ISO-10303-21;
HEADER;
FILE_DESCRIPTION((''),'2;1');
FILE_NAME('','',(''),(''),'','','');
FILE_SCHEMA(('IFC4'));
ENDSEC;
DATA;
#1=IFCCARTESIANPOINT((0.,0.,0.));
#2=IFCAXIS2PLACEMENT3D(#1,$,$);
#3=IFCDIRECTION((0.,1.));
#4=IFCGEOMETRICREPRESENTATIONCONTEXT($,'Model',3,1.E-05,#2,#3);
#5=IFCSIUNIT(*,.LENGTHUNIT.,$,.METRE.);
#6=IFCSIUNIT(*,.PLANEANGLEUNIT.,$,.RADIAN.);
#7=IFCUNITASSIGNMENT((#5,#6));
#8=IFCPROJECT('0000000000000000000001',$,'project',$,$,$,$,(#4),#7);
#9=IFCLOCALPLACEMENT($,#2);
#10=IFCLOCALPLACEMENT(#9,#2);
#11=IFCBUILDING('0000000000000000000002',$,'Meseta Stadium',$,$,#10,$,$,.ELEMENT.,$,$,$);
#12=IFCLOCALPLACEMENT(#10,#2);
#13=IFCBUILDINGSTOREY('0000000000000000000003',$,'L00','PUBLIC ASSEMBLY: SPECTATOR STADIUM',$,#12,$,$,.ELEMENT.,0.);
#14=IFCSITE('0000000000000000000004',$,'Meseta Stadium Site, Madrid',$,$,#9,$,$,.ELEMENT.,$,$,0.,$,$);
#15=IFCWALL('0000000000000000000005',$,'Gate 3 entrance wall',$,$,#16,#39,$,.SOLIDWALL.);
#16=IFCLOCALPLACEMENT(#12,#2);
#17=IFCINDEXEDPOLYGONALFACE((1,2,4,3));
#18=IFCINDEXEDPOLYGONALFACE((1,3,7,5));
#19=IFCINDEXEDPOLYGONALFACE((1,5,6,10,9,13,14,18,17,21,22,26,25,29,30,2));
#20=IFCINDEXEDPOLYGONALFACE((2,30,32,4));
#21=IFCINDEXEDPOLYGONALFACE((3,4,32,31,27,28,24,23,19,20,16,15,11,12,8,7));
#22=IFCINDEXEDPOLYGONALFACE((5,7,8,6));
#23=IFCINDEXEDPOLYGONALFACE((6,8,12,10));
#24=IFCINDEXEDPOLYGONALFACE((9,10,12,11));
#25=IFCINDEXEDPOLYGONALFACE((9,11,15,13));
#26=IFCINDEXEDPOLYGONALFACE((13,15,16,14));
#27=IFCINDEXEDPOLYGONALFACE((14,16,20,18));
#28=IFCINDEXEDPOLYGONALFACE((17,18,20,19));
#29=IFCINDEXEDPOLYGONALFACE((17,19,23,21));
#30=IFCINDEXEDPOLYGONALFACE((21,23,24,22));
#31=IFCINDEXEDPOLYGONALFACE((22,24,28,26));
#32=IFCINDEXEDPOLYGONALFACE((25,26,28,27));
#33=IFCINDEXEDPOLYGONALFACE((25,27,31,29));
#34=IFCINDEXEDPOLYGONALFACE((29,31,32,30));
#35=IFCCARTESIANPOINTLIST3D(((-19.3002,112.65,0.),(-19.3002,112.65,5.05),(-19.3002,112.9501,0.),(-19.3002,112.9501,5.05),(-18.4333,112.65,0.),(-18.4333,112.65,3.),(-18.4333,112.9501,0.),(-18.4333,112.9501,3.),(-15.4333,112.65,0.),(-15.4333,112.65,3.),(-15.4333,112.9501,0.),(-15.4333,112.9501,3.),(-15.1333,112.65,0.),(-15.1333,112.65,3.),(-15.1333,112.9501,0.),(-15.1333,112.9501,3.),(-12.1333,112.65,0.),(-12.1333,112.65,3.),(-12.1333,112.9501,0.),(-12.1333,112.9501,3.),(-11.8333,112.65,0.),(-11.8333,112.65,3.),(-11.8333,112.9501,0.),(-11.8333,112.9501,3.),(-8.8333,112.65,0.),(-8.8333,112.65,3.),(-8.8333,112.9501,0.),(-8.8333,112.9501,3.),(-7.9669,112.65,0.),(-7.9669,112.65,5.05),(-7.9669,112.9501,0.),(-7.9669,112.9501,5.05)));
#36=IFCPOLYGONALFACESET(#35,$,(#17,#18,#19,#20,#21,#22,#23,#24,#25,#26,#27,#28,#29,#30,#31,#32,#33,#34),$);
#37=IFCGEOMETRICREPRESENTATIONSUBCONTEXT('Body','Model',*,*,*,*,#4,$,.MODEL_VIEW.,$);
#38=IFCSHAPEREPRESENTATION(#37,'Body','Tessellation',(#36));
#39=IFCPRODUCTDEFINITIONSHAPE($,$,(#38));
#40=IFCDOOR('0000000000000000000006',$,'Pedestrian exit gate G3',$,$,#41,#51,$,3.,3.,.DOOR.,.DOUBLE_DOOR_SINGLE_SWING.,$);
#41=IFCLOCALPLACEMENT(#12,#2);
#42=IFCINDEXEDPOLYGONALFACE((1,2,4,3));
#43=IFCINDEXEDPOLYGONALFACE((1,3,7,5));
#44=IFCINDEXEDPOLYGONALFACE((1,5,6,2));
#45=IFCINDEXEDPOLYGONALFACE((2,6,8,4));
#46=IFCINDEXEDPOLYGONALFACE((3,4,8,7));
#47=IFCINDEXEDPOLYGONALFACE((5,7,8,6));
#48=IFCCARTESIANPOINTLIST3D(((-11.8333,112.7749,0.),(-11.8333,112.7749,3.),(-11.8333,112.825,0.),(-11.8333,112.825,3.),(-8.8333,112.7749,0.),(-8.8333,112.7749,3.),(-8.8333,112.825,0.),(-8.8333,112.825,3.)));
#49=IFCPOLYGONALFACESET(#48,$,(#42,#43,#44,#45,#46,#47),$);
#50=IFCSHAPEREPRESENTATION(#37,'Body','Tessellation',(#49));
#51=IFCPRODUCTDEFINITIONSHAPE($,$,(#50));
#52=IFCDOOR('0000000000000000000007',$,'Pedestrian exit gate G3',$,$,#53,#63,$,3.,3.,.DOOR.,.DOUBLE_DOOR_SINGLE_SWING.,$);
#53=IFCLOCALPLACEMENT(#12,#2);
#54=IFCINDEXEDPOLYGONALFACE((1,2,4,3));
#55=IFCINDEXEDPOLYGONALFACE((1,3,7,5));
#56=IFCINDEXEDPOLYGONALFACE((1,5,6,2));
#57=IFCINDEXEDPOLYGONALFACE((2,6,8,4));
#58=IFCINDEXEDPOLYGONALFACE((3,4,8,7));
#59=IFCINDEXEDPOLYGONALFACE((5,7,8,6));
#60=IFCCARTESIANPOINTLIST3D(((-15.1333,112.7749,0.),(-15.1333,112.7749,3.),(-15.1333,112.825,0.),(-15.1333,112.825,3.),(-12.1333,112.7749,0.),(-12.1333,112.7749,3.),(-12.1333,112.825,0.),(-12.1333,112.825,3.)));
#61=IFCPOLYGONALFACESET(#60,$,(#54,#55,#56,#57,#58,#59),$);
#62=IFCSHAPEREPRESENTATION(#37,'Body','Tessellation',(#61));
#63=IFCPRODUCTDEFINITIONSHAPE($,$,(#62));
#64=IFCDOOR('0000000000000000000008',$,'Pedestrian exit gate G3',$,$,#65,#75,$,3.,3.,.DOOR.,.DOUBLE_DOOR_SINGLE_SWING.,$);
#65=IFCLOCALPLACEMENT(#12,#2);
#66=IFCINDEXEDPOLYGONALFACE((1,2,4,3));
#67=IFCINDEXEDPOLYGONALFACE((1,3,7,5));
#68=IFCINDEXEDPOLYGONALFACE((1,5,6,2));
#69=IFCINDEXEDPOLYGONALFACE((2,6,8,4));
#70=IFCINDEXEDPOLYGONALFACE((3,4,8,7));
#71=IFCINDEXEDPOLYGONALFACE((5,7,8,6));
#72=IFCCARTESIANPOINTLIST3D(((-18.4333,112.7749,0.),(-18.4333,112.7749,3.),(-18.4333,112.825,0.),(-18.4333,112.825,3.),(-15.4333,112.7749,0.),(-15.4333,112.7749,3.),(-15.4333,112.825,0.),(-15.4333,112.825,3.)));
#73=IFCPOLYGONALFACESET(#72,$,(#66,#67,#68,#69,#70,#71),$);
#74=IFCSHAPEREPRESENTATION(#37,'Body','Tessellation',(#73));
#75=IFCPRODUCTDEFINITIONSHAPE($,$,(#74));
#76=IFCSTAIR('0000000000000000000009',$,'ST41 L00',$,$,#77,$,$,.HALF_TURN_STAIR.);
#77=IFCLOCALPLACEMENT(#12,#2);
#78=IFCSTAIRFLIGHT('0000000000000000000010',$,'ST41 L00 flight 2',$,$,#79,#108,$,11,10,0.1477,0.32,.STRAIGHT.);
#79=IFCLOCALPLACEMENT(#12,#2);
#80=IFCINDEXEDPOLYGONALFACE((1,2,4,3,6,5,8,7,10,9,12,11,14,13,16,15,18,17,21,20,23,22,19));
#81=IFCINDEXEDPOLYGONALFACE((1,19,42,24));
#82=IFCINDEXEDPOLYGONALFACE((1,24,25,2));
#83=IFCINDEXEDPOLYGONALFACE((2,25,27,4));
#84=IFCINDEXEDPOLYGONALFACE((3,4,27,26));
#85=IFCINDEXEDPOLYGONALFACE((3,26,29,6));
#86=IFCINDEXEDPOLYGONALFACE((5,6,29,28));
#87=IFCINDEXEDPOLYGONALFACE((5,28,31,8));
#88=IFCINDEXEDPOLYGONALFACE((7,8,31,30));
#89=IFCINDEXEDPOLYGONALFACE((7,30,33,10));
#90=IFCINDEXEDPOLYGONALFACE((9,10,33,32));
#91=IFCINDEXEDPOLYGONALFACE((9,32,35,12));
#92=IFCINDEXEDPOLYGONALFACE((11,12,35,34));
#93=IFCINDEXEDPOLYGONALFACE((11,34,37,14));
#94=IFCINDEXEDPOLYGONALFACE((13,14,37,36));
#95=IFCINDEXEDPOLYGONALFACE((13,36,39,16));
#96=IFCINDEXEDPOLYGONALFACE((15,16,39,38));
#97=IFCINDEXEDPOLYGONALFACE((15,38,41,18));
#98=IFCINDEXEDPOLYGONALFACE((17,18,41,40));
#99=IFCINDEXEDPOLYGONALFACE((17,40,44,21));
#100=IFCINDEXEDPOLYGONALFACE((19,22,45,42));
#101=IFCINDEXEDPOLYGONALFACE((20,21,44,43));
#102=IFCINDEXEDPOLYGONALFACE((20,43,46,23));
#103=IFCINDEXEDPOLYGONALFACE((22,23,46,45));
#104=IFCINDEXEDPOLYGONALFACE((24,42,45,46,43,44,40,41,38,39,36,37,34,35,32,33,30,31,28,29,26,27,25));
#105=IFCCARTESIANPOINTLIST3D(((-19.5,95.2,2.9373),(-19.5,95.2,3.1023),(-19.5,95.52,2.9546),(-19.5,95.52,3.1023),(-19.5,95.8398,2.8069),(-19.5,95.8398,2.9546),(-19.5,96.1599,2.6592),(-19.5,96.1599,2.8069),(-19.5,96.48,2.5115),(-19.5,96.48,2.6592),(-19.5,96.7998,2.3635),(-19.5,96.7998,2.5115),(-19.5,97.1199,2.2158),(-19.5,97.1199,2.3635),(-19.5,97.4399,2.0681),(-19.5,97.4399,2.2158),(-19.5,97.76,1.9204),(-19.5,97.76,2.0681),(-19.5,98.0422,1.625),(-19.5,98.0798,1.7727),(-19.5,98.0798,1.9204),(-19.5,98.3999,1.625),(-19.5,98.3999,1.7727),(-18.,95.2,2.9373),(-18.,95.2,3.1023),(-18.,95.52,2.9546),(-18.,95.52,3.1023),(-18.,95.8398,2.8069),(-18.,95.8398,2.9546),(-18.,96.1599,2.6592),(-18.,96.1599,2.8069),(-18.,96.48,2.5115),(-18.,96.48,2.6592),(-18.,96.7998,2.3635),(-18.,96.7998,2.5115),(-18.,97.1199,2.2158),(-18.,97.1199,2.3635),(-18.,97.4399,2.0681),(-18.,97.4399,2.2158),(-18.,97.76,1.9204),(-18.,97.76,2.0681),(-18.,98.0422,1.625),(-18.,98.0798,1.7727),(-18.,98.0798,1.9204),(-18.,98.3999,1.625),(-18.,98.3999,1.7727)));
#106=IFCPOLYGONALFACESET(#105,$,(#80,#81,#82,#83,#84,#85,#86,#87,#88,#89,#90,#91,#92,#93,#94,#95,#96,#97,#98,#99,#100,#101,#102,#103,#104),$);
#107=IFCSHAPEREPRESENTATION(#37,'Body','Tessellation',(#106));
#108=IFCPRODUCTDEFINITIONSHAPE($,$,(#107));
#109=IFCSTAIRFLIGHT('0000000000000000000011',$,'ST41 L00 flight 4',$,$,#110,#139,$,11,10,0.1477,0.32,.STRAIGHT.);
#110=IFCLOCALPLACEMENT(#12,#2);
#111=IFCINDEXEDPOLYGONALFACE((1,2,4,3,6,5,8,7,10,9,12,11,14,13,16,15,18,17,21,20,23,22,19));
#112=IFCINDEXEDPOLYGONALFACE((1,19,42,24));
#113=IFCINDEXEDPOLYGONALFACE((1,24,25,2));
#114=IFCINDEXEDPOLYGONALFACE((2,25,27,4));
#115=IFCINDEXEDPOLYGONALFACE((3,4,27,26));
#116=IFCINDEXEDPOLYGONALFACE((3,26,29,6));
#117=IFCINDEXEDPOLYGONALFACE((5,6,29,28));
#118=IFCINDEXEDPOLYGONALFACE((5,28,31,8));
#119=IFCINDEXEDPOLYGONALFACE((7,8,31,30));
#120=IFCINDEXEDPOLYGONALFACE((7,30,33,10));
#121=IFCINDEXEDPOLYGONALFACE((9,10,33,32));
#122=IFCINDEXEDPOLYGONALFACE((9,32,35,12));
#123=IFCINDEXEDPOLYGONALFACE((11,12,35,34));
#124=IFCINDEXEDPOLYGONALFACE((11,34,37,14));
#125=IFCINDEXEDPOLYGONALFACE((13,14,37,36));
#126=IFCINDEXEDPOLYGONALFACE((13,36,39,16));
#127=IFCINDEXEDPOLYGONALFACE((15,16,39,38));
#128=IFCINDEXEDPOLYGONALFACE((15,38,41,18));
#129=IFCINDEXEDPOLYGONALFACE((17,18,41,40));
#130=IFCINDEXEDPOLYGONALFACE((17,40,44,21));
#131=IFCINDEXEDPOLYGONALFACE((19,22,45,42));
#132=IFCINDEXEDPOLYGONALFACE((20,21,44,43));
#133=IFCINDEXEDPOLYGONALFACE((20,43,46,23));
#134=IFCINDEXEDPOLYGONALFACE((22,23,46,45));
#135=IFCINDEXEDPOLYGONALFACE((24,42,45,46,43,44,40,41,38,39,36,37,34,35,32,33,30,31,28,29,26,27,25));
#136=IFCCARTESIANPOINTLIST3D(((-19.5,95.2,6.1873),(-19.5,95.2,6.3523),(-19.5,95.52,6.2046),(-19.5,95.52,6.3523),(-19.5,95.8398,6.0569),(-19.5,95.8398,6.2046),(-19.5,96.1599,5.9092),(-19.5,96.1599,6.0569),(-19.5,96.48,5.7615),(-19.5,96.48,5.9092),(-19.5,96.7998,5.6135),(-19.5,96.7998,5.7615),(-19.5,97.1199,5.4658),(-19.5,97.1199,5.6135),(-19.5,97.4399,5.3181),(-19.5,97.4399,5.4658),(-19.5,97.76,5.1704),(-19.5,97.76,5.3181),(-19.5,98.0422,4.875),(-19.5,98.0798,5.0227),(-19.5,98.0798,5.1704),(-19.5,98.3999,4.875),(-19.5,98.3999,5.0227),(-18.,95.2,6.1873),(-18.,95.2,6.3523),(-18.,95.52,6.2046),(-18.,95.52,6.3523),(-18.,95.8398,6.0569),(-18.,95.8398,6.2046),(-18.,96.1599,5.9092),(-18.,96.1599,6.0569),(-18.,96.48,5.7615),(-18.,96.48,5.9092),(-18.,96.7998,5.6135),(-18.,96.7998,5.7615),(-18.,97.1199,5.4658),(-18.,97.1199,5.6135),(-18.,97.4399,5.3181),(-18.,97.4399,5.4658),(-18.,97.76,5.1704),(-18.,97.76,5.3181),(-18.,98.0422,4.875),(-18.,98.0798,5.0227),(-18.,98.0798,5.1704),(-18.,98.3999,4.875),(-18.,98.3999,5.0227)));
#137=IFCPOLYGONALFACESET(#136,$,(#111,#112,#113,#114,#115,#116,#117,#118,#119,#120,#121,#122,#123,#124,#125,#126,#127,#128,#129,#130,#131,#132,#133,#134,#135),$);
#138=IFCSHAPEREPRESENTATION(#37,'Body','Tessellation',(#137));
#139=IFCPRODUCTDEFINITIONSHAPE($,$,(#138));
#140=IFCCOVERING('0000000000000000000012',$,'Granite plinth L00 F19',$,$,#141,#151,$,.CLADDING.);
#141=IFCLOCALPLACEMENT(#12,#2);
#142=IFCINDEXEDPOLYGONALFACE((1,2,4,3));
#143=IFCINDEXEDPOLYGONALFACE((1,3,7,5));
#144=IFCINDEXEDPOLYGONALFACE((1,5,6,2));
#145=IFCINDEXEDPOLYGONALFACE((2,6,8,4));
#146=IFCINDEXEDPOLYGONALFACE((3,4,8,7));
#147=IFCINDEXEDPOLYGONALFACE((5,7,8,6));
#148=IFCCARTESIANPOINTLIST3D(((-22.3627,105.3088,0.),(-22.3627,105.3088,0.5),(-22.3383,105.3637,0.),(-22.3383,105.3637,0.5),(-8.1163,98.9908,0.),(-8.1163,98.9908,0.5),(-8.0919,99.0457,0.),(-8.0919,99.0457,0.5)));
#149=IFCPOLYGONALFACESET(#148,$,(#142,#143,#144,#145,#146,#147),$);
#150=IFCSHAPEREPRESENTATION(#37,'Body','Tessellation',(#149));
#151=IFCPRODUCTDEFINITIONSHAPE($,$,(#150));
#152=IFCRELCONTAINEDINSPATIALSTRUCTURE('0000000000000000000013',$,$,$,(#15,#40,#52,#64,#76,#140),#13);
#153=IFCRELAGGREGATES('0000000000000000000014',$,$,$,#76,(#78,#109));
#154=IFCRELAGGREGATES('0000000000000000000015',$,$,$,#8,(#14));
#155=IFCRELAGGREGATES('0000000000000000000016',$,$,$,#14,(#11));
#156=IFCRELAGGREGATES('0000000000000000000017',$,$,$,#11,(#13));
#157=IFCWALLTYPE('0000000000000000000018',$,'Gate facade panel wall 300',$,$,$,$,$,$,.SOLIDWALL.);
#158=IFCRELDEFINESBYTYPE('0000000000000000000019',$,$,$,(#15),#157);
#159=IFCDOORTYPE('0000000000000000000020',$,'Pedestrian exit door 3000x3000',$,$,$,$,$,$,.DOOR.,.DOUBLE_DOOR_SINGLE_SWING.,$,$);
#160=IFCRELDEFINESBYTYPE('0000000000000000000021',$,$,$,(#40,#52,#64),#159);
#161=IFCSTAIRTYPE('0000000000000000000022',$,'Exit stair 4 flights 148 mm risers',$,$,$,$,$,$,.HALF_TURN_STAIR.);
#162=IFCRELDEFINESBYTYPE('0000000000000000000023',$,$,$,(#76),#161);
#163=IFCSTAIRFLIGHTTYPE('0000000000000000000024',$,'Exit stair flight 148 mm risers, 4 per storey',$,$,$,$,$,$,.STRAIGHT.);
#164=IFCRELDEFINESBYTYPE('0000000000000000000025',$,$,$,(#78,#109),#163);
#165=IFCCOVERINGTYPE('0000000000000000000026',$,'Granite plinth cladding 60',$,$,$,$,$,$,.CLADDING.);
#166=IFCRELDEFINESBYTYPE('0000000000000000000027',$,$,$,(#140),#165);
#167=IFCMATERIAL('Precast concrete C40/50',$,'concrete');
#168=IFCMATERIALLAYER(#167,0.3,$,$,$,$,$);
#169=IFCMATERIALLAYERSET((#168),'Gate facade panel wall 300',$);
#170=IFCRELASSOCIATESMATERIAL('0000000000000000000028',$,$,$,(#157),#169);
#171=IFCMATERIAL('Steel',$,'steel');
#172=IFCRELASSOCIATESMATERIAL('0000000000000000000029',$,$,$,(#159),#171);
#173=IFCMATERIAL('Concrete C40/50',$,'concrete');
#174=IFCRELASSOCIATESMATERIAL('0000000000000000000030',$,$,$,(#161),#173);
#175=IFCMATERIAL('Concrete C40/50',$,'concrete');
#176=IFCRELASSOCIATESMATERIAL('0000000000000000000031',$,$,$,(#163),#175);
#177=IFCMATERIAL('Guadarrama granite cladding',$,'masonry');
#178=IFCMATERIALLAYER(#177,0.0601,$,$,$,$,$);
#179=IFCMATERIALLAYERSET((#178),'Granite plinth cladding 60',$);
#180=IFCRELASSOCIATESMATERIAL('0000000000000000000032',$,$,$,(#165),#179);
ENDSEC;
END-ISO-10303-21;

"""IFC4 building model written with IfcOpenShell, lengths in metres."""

from ifc_helpers import new_model, si_unit, direction, frame, frame_2d, origin, origin_2d, place, context, subcontext, project, spatial, polyline, rectangle, outline, extrude, material, layer, layer_set, type_object, element, fill, aggregate, save


model = new_model("IFC4")

# Units and contexts
model_context = context("Model", 3, precision=1e-05, world=origin(), true_north=direction((0.0, 1.0)))
body_context = subcontext(model_context, "Body", "Model", "MODEL_VIEW")
ifc_project = project(units=[si_unit("LENGTHUNIT", "METRE"), si_unit("PLANEANGLEUNIT", "RADIAN")], contexts=[model_context])

# Site, building, storey
site_placement = place(None, origin())
site = spatial("IfcSite", under=ifc_project, at=site_placement, Name="Meseta Stadium Site, Madrid", CompositionType="ELEMENT", RefElevation=0.0)
building_placement = place(site_placement, origin())
building = spatial("IfcBuilding", under=site, at=building_placement, Name="Meseta Stadium", CompositionType="ELEMENT")
storey_placement = place(building_placement, origin())
storey = spatial("IfcBuildingStorey", under=building, at=storey_placement, Name="L00", Description="PUBLIC ASSEMBLY: SPECTATOR STADIUM", CompositionType="ELEMENT", Elevation=0.0)

# Wall, openings, doors
ifc_material_1 = material(Name="Precast concrete C40/50", Category="concrete")
ifc_layer_1 = layer(ifc_material_1, 0.3)
ifc_layer_set_1 = layer_set([ifc_layer_1], Name="Gate facade panel wall 300")
wall_type_1 = type_object("IfcWallType", Name="Gate facade panel wall 300", PredefinedType="SOLIDWALL", material=ifc_layer_set_1)
wall_1_placement = place(storey_placement, frame((-19.3, 112.8, 0.0), z_axis=(0.0, 0.0, 1.0), x_axis=(1.0, 0.0, 0.0)))
wall_1 = element("IfcWall", 1, at=wall_1_placement, inside=storey, type_object=wall_type_1, Name="Gate 3 entrance wall", PredefinedType="SOLIDWALL", context=body_context, shape_type="SweptSolid", body=[
    extrude(rectangle(XDim=11.3333, YDim=0.3, at=frame_2d((5.6665, 0.0))), origin(), (0.0, 0.0, 1.0), 5.05),
])
opening_1_placement = place(wall_1_placement, frame((7.4668, 0.0, 0.0)))
opening_1 = element("IfcOpeningElement", 2, at=opening_1_placement, cuts=wall_1, PredefinedType="OPENING", context=body_context, shape_type="SweptSolid", body=[
    extrude(rectangle(XDim=3.0, YDim=3.0, at=frame_2d((1.5, 1.5))), frame((0.0, 0.1599, 0.0), z_axis=(0.0, -1.0, 0.0), x_axis=(1.0, 0.0, 0.0)), (0.0, 0.0, 1.0), 0.3201),
])
opening_2_placement = place(wall_1_placement, frame((4.1667, 0.0, 0.0)))
opening_2 = element("IfcOpeningElement", 3, at=opening_2_placement, cuts=wall_1, PredefinedType="OPENING", context=body_context, shape_type="SweptSolid", body=[
    extrude(rectangle(XDim=3.0, YDim=3.0, at=frame_2d((1.5, 1.5))), frame((0.0, 0.1599, 0.0), z_axis=(0.0, -1.0, 0.0), x_axis=(1.0, 0.0, 0.0)), (0.0, 0.0, 1.0), 0.3201),
])
opening_3_placement = place(wall_1_placement, frame((0.8667, 0.0, 0.0)))
opening_3 = element("IfcOpeningElement", 4, at=opening_3_placement, cuts=wall_1, PredefinedType="OPENING", context=body_context, shape_type="SweptSolid", body=[
    extrude(rectangle(XDim=3.0, YDim=3.0, at=frame_2d((1.5, 1.5))), frame((0.0, 0.1599, 0.0), z_axis=(0.0, -1.0, 0.0), x_axis=(1.0, 0.0, 0.0)), (0.0, 0.0, 1.0), 0.3201),
])
ifc_material_2 = material(Name="Steel", Category="steel")
door_type = type_object("IfcDoorType", Name="Pedestrian exit door 3000x3000", OperationType="DOUBLE_DOOR_SINGLE_SWING", PredefinedType="DOOR", material=ifc_material_2)
door_1_placement = place(opening_1_placement, origin())
door_1 = element("IfcDoor", 5, at=door_1_placement, inside=storey, type_object=door_type, Name="Pedestrian exit gate G3", OperationType="DOUBLE_DOOR_SINGLE_SWING", OverallHeight=3.0, OverallWidth=3.0, PredefinedType="DOOR", context=body_context, shape_type="SweptSolid", body=[
    extrude(rectangle(XDim=3.0, YDim=3.0, at=frame_2d((1.5, 1.5))), frame((0.0, 0.0249, 0.0), z_axis=(0.0, -1.0, 0.0), x_axis=(1.0, 0.0, 0.0)), (0.0, 0.0, 1.0), 0.05),
])
fill(opening_1, door_1)
door_2_placement = place(opening_2_placement, origin())
door_2 = element("IfcDoor", 6, at=door_2_placement, inside=storey, type_object=door_type, Name="Pedestrian exit gate G3", OperationType="DOUBLE_DOOR_SINGLE_SWING", OverallHeight=3.0, OverallWidth=3.0, PredefinedType="DOOR", context=body_context, shape_type="SweptSolid", body=[
    extrude(rectangle(XDim=3.0, YDim=3.0, at=frame_2d((1.5, 1.5))), frame((0.0, 0.0249, 0.0), z_axis=(0.0, -1.0, 0.0), x_axis=(1.0, 0.0, 0.0)), (0.0, 0.0, 1.0), 0.05),
])
fill(opening_2, door_2)
door_3_placement = place(opening_3_placement, origin())
door_3 = element("IfcDoor", 7, at=door_3_placement, inside=storey, type_object=door_type, Name="Pedestrian exit gate G3", OperationType="DOUBLE_DOOR_SINGLE_SWING", OverallHeight=3.0, OverallWidth=3.0, PredefinedType="DOOR", context=body_context, shape_type="SweptSolid", body=[
    extrude(rectangle(XDim=3.0, YDim=3.0, at=frame_2d((1.5, 1.5))), frame((0.0, 0.0249, 0.0), z_axis=(0.0, -1.0, 0.0), x_axis=(1.0, 0.0, 0.0)), (0.0, 0.0, 1.0), 0.05),
])
fill(opening_3, door_3)

# Stair, stair flights
ifc_material_3 = material(Name="Concrete C40/50", Category="concrete")
stair_type = type_object("IfcStairType", Name="Exit stair 4 flights 148 mm risers", PredefinedType="HALF_TURN_STAIR", material=ifc_material_3)
stair_placement = place(storey_placement, origin())
stair = element("IfcStair", 8, at=stair_placement, inside=storey, type_object=stair_type, Name="ST41 L00", PredefinedType="HALF_TURN_STAIR")
ifc_material_4 = material(Name="Concrete C40/50", Category="concrete")
stair_flight_type = type_object("IfcStairFlightType", Name="Exit stair flight 148 mm risers, 4 per storey", PredefinedType="STRAIGHT", material=ifc_material_4)
stair_flight_1_placement = place(storey_placement, frame((-18.75, 98.3999, 1.625), z_axis=(0.0, 0.0, 1.0), x_axis=(0.0, -1.0, 0.0)))
stair_flight_1 = element("IfcStairFlight", 9, at=stair_flight_1_placement, type_object=stair_flight_type, Name="ST41 L00 flight 2", NumberOfRisers=11, NumberOfTreads=10, PredefinedType="STRAIGHT", RiserHeight=0.1477, TreadLength=0.32, context=body_context, shape_type="SweptSolid", body=[
    extrude(outline(polyline([(0.0, 0.0), (0.0, 0.1477), (0.3201, 0.1477), (0.3201, 0.2954), (0.6399, 0.2954), (0.6399, 0.4431), (0.96, 0.4431), (0.96, 0.5908), (1.28, 0.5908), (1.28, 0.7385), (1.6001, 0.7385), (1.6001, 0.8865), (1.9199, 0.8865), (1.9199, 1.0342), (2.24, 1.0342), (2.24, 1.1819), (2.5601, 1.1819), (2.5601, 1.3296), (2.8799, 1.3296), (2.8799, 1.4773), (3.2, 1.4773), (3.2, 1.3123), (0.3577, 0.0), (0.0, 0.0)])), frame((0.0, 0.75, 0.0), z_axis=(0.0, -1.0, 0.0), x_axis=(1.0, 0.0, 0.0)), (0.0, 0.0, 1.0), 1.5),
])
stair_flight_2_placement = place(storey_placement, frame((-18.75, 98.3999, 4.875), z_axis=(0.0, 0.0, 1.0), x_axis=(0.0, -1.0, 0.0)))
stair_flight_2 = element("IfcStairFlight", 10, at=stair_flight_2_placement, type_object=stair_flight_type, Name="ST41 L00 flight 4", NumberOfRisers=11, NumberOfTreads=10, PredefinedType="STRAIGHT", RiserHeight=0.1477, TreadLength=0.32, context=body_context, shape_type="SweptSolid", body=[
    extrude(outline(polyline([(0.0, 0.0), (0.0, 0.1477), (0.3201, 0.1477), (0.3201, 0.2954), (0.6399, 0.2954), (0.6399, 0.4431), (0.96, 0.4431), (0.96, 0.5908), (1.28, 0.5908), (1.28, 0.7385), (1.6001, 0.7385), (1.6001, 0.8865), (1.9199, 0.8865), (1.9199, 1.0342), (2.24, 1.0342), (2.24, 1.1819), (2.5601, 1.1819), (2.5601, 1.3296), (2.8799, 1.3296), (2.8799, 1.4773), (3.2, 1.4773), (3.2, 1.3123), (0.3577, 0.0), (0.0, 0.0)])), frame((0.0, 0.75, 0.0), z_axis=(0.0, -1.0, 0.0), x_axis=(1.0, 0.0, 0.0)), (0.0, 0.0, 1.0), 1.5),
])
aggregate(stair, [stair_flight_1, stair_flight_2])

# Covering
ifc_material_5 = material(Name="Guadarrama granite cladding", Category="masonry")
ifc_layer_2 = layer(ifc_material_5, 0.0601)
ifc_layer_set_2 = layer_set([ifc_layer_2], Name="Granite plinth cladding 60")
covering_type = type_object("IfcCoveringType", Name="Granite plinth cladding 60", PredefinedType="CLADDING", material=ifc_layer_set_2)
covering_placement = place(storey_placement, frame((-15.2273, 102.1772, 0.0), z_axis=(0.0, 0.0, 1.0), x_axis=(0.914139, -0.4054, 0.0)))
element("IfcCovering", 11, at=covering_placement, inside=storey, type_object=covering_type, Name="Granite plinth L00 F19", PredefinedType="CLADDING", context=body_context, shape_type="SweptSolid", body=[
    extrude(rectangle(XDim=15.5845, YDim=0.0601, at=origin_2d()), origin(), (0.0, 0.0, 1.0), 0.5),
])

save(model, "model.ifc")
